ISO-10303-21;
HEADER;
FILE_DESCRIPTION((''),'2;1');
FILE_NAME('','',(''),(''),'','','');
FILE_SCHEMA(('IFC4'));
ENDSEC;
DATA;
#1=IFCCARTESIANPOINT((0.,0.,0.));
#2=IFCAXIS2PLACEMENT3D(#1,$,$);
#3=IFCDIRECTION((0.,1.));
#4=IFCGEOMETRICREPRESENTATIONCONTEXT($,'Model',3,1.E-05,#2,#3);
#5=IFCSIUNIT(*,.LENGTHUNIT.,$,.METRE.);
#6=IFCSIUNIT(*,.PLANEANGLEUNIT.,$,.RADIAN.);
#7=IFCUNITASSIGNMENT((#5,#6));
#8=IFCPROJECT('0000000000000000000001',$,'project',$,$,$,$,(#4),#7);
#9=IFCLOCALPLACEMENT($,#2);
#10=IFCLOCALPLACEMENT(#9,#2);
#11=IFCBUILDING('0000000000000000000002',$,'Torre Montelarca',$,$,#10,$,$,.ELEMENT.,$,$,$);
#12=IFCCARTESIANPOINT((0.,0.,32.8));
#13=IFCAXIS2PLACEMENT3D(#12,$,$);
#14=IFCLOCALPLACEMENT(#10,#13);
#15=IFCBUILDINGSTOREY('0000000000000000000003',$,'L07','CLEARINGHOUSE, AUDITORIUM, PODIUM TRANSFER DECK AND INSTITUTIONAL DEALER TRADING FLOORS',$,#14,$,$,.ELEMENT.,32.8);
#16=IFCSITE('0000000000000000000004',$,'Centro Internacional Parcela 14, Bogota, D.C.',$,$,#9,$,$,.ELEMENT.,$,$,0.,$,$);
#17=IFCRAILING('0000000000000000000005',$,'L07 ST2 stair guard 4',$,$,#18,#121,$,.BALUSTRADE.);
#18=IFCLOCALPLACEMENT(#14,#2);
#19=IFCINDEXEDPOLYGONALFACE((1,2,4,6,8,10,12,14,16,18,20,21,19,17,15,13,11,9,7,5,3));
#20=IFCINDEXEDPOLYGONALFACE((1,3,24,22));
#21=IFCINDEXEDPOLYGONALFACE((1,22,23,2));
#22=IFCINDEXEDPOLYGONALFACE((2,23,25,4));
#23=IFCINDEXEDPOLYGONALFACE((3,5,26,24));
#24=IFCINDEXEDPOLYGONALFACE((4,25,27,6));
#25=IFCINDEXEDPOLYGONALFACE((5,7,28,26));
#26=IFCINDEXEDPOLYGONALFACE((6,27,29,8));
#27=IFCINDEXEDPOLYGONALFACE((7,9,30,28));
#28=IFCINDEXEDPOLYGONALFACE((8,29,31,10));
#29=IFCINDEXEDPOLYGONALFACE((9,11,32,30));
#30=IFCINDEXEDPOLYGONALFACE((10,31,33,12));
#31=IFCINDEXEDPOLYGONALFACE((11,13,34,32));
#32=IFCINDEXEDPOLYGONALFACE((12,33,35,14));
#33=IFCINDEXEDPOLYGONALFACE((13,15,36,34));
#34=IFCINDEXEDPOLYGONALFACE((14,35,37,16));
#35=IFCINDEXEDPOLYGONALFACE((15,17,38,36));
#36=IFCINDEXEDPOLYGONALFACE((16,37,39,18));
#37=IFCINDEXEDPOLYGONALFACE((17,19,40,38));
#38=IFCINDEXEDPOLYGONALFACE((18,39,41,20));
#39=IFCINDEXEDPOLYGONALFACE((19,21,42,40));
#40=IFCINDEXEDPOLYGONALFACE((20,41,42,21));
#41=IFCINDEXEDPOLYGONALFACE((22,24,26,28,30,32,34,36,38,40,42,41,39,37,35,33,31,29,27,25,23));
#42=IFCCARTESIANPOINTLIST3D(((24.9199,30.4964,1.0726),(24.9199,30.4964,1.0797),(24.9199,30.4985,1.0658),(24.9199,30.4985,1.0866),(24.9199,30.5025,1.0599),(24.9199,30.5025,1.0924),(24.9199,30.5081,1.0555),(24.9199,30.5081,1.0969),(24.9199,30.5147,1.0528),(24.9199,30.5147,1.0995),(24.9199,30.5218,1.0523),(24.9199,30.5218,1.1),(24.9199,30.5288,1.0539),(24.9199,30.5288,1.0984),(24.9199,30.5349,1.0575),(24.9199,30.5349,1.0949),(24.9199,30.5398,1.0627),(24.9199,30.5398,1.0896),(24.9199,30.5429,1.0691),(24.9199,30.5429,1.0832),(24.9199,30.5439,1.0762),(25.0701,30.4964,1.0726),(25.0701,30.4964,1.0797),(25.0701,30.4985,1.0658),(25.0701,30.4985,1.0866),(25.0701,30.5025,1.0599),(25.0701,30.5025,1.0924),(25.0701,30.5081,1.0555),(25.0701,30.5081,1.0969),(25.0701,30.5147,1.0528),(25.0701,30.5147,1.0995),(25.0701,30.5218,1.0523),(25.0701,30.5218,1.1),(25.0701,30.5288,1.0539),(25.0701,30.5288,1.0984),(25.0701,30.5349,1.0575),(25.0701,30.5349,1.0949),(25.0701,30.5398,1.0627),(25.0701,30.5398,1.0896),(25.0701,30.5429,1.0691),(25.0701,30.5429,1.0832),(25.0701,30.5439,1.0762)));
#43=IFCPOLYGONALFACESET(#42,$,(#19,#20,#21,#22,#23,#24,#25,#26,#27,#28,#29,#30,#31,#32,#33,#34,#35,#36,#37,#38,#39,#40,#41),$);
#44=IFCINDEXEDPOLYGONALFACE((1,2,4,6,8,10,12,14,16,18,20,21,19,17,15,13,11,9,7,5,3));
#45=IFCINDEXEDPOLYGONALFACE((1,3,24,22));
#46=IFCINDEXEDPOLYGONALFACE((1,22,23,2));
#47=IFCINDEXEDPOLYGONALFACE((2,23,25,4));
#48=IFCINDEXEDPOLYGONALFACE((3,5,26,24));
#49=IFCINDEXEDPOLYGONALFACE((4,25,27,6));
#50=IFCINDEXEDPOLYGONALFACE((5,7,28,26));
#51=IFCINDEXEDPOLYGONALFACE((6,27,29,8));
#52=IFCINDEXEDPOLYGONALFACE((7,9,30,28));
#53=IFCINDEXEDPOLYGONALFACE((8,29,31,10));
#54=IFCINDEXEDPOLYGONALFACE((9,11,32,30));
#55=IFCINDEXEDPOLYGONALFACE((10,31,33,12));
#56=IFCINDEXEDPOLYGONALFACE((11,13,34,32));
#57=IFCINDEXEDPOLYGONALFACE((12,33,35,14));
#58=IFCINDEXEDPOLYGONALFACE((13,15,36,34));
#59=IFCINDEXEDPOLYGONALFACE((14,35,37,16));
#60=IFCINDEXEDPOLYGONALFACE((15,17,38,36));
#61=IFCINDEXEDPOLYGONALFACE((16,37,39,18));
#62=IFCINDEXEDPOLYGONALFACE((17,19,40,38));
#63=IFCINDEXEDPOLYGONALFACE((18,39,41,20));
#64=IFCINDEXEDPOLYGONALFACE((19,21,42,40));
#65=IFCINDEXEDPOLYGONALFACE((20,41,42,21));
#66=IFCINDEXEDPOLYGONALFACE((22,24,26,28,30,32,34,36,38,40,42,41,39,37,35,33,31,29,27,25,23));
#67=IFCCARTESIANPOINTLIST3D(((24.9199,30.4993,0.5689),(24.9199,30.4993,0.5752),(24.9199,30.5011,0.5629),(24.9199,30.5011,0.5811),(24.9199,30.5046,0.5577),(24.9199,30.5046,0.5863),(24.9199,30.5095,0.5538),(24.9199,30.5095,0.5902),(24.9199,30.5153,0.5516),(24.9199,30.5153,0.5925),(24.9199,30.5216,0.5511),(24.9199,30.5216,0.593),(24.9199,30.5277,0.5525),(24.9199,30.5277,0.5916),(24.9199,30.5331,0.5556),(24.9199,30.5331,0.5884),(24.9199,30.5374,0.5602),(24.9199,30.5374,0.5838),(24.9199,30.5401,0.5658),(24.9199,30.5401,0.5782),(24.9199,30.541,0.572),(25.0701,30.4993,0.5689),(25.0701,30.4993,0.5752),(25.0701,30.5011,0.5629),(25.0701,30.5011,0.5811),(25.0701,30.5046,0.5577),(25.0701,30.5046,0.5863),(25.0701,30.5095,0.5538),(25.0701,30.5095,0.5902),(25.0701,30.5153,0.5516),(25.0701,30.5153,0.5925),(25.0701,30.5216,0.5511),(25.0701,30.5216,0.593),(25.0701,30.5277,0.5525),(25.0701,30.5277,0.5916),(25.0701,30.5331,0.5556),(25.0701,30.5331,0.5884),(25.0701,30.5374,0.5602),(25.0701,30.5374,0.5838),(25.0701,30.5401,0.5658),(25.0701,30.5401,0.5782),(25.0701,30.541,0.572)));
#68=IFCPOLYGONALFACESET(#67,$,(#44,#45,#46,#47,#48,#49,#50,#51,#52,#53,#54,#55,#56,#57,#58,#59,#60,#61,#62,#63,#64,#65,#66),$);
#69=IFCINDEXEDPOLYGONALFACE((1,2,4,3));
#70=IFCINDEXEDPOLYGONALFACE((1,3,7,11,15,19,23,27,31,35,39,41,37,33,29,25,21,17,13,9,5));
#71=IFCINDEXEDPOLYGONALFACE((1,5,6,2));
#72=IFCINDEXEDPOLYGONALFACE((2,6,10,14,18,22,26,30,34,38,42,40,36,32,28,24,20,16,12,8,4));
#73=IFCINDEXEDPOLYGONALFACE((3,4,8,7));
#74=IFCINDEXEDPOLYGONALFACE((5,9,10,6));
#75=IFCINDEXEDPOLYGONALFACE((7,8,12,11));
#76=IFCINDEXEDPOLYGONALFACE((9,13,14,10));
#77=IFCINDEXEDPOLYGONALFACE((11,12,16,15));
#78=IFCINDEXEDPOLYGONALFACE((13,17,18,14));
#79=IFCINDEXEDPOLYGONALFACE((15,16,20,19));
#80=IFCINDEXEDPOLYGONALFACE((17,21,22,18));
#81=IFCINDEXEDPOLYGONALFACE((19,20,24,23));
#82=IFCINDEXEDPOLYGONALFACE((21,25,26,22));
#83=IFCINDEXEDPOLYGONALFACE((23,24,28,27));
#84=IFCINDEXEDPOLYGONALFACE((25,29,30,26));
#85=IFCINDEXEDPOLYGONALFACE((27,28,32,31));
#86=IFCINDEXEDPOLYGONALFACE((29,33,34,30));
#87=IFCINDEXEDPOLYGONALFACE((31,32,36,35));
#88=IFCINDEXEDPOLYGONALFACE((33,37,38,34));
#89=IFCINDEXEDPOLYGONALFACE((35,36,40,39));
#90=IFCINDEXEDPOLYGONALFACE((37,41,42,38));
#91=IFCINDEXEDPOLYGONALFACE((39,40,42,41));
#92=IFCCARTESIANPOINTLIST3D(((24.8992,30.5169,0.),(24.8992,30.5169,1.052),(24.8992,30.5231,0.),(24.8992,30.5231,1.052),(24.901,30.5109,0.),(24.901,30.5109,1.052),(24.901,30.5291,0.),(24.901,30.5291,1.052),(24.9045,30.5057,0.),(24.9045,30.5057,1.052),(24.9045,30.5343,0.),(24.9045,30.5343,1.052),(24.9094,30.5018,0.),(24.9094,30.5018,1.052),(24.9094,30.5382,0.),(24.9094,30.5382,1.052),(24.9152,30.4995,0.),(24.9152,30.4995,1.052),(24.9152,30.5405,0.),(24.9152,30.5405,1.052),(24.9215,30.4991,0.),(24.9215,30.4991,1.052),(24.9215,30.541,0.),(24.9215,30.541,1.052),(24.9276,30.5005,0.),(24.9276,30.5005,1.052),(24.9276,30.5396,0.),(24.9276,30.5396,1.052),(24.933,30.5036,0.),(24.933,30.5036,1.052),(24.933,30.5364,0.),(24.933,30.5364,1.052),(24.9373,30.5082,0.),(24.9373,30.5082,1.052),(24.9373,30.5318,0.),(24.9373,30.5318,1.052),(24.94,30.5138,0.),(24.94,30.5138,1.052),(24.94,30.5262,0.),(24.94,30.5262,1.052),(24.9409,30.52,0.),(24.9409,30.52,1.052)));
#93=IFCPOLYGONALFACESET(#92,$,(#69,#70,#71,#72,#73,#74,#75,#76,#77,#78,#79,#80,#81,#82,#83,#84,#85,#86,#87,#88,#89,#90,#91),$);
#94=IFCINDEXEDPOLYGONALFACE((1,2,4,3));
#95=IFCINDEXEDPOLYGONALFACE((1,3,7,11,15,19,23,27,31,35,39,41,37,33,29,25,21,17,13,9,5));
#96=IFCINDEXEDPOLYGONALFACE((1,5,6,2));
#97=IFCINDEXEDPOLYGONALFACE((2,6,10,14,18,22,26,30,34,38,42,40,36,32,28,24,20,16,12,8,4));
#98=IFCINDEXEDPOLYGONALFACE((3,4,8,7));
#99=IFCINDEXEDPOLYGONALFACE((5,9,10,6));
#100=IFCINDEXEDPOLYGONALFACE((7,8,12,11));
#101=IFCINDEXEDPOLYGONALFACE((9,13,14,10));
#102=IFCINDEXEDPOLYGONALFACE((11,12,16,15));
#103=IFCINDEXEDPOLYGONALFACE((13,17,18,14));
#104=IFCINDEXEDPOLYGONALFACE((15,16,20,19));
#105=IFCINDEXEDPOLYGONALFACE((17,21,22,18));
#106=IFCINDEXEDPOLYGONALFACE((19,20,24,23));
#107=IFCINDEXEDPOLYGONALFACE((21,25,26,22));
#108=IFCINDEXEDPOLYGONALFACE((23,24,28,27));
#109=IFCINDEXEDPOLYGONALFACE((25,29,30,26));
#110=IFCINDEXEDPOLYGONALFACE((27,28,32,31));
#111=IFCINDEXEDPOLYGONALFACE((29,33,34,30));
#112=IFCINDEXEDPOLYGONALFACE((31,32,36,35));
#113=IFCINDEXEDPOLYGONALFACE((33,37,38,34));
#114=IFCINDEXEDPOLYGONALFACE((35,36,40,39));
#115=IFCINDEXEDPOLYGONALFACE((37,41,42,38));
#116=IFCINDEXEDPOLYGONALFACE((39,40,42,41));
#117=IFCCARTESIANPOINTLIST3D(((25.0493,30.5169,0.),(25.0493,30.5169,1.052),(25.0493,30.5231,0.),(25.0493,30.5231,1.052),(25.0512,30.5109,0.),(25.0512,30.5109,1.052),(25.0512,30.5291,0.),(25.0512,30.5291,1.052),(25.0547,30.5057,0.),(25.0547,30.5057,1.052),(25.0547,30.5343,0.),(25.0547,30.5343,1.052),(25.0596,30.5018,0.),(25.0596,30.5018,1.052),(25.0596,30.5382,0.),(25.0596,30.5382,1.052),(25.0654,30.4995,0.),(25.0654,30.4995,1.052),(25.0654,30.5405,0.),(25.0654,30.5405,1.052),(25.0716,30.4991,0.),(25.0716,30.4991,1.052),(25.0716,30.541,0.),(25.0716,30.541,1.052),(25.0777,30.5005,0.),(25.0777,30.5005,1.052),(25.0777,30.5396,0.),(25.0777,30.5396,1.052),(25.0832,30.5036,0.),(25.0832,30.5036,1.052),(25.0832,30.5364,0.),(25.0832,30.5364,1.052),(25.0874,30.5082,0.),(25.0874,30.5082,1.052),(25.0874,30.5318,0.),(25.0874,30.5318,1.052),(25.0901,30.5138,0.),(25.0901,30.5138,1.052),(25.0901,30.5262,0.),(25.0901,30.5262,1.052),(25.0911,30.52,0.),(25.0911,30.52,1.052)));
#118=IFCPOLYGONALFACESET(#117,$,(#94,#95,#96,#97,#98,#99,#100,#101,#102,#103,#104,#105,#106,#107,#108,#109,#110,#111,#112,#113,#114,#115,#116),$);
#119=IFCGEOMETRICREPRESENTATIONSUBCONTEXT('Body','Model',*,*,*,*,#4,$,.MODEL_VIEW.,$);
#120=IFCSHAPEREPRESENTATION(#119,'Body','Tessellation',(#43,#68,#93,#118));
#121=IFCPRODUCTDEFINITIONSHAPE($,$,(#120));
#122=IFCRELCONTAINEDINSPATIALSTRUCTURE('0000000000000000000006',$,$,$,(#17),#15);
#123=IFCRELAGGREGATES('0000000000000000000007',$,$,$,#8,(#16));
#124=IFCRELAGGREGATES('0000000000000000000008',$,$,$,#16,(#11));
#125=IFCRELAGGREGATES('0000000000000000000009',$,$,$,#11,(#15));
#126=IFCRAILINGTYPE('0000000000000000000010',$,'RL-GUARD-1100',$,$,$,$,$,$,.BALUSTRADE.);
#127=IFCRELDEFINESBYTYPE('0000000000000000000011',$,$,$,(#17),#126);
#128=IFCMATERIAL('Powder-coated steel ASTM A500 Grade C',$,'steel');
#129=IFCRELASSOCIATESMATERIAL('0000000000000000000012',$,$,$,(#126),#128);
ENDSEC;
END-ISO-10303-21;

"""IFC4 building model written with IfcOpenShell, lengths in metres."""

from ifc_helpers import new_model, si_unit, direction, frame, origin, origin_2d, place, context, subcontext, project, spatial, circle, extrude, material, type_object, element, save


model = new_model("IFC4")

# Units and contexts
model_context = context("Model", 3, precision=1e-05, world=origin(), true_north=direction((0.0, 1.0)))
body_context = subcontext(model_context, "Body", "Model", "MODEL_VIEW")
ifc_project = project(units=[si_unit("LENGTHUNIT", "METRE"), si_unit("PLANEANGLEUNIT", "RADIAN")], contexts=[model_context])

# Site, building, storey
site_placement = place(None, origin())
site = spatial("IfcSite", under=ifc_project, at=site_placement, Name="Centro Internacional Parcela 14, Bogota, D.C.", CompositionType="ELEMENT", RefElevation=0.0)
building_placement = place(site_placement, origin())
building = spatial("IfcBuilding", under=site, at=building_placement, Name="Torre Montelarca", CompositionType="ELEMENT")
storey_placement = place(building_placement, frame((0.0, 0.0, 32.8)))
storey = spatial("IfcBuildingStorey", under=building, at=storey_placement, Name="L07", Description="CLEARINGHOUSE, AUDITORIUM, PODIUM TRANSFER DECK AND INSTITUTIONAL DEALER TRADING FLOORS", CompositionType="ELEMENT", Elevation=32.8)

# Railing
ifc_material_1 = material(Name="Powder-coated steel ASTM A500 Grade C", Category="steel")
railing_type_1 = type_object("IfcRailingType", Name="RL-GUARD-1100", PredefinedType="BALUSTRADE", material=ifc_material_1)
railing_1_placement = place(storey_placement, frame((24.9199, 30.52, 0.0)))
element("IfcRailing", 1, at=railing_1_placement, inside=storey, type_object=railing_type_1, Name="L07 ST2 stair guard 4", PredefinedType="BALUSTRADE", context=body_context, shape_type="SweptSolid", body=[
    extrude(circle(Radius=0.0239, at=origin_2d()), frame((0.0, 0.0, 1.0762), z_axis=(1.0, 0.0, 0.0), x_axis=(0.0, 1.0, 0.0)), (0.0, 0.0, 1.0), 0.1501),
    extrude(circle(Radius=0.021, at=origin_2d()), frame((0.0, 0.0, 0.572), z_axis=(1.0, 0.0, 0.0), x_axis=(0.0, 1.0, 0.0)), (0.0, 0.0, 1.0), 0.1501),
    extrude(circle(Radius=0.021, at=origin_2d()), origin(), (0.0, 0.0, 1.0), 1.052),
    extrude(circle(Radius=0.021, at=origin_2d()), frame((0.1501, 0.0, 0.0)), (0.0, 0.0, 1.0), 1.052),
])

save(model, "model.ifc")
